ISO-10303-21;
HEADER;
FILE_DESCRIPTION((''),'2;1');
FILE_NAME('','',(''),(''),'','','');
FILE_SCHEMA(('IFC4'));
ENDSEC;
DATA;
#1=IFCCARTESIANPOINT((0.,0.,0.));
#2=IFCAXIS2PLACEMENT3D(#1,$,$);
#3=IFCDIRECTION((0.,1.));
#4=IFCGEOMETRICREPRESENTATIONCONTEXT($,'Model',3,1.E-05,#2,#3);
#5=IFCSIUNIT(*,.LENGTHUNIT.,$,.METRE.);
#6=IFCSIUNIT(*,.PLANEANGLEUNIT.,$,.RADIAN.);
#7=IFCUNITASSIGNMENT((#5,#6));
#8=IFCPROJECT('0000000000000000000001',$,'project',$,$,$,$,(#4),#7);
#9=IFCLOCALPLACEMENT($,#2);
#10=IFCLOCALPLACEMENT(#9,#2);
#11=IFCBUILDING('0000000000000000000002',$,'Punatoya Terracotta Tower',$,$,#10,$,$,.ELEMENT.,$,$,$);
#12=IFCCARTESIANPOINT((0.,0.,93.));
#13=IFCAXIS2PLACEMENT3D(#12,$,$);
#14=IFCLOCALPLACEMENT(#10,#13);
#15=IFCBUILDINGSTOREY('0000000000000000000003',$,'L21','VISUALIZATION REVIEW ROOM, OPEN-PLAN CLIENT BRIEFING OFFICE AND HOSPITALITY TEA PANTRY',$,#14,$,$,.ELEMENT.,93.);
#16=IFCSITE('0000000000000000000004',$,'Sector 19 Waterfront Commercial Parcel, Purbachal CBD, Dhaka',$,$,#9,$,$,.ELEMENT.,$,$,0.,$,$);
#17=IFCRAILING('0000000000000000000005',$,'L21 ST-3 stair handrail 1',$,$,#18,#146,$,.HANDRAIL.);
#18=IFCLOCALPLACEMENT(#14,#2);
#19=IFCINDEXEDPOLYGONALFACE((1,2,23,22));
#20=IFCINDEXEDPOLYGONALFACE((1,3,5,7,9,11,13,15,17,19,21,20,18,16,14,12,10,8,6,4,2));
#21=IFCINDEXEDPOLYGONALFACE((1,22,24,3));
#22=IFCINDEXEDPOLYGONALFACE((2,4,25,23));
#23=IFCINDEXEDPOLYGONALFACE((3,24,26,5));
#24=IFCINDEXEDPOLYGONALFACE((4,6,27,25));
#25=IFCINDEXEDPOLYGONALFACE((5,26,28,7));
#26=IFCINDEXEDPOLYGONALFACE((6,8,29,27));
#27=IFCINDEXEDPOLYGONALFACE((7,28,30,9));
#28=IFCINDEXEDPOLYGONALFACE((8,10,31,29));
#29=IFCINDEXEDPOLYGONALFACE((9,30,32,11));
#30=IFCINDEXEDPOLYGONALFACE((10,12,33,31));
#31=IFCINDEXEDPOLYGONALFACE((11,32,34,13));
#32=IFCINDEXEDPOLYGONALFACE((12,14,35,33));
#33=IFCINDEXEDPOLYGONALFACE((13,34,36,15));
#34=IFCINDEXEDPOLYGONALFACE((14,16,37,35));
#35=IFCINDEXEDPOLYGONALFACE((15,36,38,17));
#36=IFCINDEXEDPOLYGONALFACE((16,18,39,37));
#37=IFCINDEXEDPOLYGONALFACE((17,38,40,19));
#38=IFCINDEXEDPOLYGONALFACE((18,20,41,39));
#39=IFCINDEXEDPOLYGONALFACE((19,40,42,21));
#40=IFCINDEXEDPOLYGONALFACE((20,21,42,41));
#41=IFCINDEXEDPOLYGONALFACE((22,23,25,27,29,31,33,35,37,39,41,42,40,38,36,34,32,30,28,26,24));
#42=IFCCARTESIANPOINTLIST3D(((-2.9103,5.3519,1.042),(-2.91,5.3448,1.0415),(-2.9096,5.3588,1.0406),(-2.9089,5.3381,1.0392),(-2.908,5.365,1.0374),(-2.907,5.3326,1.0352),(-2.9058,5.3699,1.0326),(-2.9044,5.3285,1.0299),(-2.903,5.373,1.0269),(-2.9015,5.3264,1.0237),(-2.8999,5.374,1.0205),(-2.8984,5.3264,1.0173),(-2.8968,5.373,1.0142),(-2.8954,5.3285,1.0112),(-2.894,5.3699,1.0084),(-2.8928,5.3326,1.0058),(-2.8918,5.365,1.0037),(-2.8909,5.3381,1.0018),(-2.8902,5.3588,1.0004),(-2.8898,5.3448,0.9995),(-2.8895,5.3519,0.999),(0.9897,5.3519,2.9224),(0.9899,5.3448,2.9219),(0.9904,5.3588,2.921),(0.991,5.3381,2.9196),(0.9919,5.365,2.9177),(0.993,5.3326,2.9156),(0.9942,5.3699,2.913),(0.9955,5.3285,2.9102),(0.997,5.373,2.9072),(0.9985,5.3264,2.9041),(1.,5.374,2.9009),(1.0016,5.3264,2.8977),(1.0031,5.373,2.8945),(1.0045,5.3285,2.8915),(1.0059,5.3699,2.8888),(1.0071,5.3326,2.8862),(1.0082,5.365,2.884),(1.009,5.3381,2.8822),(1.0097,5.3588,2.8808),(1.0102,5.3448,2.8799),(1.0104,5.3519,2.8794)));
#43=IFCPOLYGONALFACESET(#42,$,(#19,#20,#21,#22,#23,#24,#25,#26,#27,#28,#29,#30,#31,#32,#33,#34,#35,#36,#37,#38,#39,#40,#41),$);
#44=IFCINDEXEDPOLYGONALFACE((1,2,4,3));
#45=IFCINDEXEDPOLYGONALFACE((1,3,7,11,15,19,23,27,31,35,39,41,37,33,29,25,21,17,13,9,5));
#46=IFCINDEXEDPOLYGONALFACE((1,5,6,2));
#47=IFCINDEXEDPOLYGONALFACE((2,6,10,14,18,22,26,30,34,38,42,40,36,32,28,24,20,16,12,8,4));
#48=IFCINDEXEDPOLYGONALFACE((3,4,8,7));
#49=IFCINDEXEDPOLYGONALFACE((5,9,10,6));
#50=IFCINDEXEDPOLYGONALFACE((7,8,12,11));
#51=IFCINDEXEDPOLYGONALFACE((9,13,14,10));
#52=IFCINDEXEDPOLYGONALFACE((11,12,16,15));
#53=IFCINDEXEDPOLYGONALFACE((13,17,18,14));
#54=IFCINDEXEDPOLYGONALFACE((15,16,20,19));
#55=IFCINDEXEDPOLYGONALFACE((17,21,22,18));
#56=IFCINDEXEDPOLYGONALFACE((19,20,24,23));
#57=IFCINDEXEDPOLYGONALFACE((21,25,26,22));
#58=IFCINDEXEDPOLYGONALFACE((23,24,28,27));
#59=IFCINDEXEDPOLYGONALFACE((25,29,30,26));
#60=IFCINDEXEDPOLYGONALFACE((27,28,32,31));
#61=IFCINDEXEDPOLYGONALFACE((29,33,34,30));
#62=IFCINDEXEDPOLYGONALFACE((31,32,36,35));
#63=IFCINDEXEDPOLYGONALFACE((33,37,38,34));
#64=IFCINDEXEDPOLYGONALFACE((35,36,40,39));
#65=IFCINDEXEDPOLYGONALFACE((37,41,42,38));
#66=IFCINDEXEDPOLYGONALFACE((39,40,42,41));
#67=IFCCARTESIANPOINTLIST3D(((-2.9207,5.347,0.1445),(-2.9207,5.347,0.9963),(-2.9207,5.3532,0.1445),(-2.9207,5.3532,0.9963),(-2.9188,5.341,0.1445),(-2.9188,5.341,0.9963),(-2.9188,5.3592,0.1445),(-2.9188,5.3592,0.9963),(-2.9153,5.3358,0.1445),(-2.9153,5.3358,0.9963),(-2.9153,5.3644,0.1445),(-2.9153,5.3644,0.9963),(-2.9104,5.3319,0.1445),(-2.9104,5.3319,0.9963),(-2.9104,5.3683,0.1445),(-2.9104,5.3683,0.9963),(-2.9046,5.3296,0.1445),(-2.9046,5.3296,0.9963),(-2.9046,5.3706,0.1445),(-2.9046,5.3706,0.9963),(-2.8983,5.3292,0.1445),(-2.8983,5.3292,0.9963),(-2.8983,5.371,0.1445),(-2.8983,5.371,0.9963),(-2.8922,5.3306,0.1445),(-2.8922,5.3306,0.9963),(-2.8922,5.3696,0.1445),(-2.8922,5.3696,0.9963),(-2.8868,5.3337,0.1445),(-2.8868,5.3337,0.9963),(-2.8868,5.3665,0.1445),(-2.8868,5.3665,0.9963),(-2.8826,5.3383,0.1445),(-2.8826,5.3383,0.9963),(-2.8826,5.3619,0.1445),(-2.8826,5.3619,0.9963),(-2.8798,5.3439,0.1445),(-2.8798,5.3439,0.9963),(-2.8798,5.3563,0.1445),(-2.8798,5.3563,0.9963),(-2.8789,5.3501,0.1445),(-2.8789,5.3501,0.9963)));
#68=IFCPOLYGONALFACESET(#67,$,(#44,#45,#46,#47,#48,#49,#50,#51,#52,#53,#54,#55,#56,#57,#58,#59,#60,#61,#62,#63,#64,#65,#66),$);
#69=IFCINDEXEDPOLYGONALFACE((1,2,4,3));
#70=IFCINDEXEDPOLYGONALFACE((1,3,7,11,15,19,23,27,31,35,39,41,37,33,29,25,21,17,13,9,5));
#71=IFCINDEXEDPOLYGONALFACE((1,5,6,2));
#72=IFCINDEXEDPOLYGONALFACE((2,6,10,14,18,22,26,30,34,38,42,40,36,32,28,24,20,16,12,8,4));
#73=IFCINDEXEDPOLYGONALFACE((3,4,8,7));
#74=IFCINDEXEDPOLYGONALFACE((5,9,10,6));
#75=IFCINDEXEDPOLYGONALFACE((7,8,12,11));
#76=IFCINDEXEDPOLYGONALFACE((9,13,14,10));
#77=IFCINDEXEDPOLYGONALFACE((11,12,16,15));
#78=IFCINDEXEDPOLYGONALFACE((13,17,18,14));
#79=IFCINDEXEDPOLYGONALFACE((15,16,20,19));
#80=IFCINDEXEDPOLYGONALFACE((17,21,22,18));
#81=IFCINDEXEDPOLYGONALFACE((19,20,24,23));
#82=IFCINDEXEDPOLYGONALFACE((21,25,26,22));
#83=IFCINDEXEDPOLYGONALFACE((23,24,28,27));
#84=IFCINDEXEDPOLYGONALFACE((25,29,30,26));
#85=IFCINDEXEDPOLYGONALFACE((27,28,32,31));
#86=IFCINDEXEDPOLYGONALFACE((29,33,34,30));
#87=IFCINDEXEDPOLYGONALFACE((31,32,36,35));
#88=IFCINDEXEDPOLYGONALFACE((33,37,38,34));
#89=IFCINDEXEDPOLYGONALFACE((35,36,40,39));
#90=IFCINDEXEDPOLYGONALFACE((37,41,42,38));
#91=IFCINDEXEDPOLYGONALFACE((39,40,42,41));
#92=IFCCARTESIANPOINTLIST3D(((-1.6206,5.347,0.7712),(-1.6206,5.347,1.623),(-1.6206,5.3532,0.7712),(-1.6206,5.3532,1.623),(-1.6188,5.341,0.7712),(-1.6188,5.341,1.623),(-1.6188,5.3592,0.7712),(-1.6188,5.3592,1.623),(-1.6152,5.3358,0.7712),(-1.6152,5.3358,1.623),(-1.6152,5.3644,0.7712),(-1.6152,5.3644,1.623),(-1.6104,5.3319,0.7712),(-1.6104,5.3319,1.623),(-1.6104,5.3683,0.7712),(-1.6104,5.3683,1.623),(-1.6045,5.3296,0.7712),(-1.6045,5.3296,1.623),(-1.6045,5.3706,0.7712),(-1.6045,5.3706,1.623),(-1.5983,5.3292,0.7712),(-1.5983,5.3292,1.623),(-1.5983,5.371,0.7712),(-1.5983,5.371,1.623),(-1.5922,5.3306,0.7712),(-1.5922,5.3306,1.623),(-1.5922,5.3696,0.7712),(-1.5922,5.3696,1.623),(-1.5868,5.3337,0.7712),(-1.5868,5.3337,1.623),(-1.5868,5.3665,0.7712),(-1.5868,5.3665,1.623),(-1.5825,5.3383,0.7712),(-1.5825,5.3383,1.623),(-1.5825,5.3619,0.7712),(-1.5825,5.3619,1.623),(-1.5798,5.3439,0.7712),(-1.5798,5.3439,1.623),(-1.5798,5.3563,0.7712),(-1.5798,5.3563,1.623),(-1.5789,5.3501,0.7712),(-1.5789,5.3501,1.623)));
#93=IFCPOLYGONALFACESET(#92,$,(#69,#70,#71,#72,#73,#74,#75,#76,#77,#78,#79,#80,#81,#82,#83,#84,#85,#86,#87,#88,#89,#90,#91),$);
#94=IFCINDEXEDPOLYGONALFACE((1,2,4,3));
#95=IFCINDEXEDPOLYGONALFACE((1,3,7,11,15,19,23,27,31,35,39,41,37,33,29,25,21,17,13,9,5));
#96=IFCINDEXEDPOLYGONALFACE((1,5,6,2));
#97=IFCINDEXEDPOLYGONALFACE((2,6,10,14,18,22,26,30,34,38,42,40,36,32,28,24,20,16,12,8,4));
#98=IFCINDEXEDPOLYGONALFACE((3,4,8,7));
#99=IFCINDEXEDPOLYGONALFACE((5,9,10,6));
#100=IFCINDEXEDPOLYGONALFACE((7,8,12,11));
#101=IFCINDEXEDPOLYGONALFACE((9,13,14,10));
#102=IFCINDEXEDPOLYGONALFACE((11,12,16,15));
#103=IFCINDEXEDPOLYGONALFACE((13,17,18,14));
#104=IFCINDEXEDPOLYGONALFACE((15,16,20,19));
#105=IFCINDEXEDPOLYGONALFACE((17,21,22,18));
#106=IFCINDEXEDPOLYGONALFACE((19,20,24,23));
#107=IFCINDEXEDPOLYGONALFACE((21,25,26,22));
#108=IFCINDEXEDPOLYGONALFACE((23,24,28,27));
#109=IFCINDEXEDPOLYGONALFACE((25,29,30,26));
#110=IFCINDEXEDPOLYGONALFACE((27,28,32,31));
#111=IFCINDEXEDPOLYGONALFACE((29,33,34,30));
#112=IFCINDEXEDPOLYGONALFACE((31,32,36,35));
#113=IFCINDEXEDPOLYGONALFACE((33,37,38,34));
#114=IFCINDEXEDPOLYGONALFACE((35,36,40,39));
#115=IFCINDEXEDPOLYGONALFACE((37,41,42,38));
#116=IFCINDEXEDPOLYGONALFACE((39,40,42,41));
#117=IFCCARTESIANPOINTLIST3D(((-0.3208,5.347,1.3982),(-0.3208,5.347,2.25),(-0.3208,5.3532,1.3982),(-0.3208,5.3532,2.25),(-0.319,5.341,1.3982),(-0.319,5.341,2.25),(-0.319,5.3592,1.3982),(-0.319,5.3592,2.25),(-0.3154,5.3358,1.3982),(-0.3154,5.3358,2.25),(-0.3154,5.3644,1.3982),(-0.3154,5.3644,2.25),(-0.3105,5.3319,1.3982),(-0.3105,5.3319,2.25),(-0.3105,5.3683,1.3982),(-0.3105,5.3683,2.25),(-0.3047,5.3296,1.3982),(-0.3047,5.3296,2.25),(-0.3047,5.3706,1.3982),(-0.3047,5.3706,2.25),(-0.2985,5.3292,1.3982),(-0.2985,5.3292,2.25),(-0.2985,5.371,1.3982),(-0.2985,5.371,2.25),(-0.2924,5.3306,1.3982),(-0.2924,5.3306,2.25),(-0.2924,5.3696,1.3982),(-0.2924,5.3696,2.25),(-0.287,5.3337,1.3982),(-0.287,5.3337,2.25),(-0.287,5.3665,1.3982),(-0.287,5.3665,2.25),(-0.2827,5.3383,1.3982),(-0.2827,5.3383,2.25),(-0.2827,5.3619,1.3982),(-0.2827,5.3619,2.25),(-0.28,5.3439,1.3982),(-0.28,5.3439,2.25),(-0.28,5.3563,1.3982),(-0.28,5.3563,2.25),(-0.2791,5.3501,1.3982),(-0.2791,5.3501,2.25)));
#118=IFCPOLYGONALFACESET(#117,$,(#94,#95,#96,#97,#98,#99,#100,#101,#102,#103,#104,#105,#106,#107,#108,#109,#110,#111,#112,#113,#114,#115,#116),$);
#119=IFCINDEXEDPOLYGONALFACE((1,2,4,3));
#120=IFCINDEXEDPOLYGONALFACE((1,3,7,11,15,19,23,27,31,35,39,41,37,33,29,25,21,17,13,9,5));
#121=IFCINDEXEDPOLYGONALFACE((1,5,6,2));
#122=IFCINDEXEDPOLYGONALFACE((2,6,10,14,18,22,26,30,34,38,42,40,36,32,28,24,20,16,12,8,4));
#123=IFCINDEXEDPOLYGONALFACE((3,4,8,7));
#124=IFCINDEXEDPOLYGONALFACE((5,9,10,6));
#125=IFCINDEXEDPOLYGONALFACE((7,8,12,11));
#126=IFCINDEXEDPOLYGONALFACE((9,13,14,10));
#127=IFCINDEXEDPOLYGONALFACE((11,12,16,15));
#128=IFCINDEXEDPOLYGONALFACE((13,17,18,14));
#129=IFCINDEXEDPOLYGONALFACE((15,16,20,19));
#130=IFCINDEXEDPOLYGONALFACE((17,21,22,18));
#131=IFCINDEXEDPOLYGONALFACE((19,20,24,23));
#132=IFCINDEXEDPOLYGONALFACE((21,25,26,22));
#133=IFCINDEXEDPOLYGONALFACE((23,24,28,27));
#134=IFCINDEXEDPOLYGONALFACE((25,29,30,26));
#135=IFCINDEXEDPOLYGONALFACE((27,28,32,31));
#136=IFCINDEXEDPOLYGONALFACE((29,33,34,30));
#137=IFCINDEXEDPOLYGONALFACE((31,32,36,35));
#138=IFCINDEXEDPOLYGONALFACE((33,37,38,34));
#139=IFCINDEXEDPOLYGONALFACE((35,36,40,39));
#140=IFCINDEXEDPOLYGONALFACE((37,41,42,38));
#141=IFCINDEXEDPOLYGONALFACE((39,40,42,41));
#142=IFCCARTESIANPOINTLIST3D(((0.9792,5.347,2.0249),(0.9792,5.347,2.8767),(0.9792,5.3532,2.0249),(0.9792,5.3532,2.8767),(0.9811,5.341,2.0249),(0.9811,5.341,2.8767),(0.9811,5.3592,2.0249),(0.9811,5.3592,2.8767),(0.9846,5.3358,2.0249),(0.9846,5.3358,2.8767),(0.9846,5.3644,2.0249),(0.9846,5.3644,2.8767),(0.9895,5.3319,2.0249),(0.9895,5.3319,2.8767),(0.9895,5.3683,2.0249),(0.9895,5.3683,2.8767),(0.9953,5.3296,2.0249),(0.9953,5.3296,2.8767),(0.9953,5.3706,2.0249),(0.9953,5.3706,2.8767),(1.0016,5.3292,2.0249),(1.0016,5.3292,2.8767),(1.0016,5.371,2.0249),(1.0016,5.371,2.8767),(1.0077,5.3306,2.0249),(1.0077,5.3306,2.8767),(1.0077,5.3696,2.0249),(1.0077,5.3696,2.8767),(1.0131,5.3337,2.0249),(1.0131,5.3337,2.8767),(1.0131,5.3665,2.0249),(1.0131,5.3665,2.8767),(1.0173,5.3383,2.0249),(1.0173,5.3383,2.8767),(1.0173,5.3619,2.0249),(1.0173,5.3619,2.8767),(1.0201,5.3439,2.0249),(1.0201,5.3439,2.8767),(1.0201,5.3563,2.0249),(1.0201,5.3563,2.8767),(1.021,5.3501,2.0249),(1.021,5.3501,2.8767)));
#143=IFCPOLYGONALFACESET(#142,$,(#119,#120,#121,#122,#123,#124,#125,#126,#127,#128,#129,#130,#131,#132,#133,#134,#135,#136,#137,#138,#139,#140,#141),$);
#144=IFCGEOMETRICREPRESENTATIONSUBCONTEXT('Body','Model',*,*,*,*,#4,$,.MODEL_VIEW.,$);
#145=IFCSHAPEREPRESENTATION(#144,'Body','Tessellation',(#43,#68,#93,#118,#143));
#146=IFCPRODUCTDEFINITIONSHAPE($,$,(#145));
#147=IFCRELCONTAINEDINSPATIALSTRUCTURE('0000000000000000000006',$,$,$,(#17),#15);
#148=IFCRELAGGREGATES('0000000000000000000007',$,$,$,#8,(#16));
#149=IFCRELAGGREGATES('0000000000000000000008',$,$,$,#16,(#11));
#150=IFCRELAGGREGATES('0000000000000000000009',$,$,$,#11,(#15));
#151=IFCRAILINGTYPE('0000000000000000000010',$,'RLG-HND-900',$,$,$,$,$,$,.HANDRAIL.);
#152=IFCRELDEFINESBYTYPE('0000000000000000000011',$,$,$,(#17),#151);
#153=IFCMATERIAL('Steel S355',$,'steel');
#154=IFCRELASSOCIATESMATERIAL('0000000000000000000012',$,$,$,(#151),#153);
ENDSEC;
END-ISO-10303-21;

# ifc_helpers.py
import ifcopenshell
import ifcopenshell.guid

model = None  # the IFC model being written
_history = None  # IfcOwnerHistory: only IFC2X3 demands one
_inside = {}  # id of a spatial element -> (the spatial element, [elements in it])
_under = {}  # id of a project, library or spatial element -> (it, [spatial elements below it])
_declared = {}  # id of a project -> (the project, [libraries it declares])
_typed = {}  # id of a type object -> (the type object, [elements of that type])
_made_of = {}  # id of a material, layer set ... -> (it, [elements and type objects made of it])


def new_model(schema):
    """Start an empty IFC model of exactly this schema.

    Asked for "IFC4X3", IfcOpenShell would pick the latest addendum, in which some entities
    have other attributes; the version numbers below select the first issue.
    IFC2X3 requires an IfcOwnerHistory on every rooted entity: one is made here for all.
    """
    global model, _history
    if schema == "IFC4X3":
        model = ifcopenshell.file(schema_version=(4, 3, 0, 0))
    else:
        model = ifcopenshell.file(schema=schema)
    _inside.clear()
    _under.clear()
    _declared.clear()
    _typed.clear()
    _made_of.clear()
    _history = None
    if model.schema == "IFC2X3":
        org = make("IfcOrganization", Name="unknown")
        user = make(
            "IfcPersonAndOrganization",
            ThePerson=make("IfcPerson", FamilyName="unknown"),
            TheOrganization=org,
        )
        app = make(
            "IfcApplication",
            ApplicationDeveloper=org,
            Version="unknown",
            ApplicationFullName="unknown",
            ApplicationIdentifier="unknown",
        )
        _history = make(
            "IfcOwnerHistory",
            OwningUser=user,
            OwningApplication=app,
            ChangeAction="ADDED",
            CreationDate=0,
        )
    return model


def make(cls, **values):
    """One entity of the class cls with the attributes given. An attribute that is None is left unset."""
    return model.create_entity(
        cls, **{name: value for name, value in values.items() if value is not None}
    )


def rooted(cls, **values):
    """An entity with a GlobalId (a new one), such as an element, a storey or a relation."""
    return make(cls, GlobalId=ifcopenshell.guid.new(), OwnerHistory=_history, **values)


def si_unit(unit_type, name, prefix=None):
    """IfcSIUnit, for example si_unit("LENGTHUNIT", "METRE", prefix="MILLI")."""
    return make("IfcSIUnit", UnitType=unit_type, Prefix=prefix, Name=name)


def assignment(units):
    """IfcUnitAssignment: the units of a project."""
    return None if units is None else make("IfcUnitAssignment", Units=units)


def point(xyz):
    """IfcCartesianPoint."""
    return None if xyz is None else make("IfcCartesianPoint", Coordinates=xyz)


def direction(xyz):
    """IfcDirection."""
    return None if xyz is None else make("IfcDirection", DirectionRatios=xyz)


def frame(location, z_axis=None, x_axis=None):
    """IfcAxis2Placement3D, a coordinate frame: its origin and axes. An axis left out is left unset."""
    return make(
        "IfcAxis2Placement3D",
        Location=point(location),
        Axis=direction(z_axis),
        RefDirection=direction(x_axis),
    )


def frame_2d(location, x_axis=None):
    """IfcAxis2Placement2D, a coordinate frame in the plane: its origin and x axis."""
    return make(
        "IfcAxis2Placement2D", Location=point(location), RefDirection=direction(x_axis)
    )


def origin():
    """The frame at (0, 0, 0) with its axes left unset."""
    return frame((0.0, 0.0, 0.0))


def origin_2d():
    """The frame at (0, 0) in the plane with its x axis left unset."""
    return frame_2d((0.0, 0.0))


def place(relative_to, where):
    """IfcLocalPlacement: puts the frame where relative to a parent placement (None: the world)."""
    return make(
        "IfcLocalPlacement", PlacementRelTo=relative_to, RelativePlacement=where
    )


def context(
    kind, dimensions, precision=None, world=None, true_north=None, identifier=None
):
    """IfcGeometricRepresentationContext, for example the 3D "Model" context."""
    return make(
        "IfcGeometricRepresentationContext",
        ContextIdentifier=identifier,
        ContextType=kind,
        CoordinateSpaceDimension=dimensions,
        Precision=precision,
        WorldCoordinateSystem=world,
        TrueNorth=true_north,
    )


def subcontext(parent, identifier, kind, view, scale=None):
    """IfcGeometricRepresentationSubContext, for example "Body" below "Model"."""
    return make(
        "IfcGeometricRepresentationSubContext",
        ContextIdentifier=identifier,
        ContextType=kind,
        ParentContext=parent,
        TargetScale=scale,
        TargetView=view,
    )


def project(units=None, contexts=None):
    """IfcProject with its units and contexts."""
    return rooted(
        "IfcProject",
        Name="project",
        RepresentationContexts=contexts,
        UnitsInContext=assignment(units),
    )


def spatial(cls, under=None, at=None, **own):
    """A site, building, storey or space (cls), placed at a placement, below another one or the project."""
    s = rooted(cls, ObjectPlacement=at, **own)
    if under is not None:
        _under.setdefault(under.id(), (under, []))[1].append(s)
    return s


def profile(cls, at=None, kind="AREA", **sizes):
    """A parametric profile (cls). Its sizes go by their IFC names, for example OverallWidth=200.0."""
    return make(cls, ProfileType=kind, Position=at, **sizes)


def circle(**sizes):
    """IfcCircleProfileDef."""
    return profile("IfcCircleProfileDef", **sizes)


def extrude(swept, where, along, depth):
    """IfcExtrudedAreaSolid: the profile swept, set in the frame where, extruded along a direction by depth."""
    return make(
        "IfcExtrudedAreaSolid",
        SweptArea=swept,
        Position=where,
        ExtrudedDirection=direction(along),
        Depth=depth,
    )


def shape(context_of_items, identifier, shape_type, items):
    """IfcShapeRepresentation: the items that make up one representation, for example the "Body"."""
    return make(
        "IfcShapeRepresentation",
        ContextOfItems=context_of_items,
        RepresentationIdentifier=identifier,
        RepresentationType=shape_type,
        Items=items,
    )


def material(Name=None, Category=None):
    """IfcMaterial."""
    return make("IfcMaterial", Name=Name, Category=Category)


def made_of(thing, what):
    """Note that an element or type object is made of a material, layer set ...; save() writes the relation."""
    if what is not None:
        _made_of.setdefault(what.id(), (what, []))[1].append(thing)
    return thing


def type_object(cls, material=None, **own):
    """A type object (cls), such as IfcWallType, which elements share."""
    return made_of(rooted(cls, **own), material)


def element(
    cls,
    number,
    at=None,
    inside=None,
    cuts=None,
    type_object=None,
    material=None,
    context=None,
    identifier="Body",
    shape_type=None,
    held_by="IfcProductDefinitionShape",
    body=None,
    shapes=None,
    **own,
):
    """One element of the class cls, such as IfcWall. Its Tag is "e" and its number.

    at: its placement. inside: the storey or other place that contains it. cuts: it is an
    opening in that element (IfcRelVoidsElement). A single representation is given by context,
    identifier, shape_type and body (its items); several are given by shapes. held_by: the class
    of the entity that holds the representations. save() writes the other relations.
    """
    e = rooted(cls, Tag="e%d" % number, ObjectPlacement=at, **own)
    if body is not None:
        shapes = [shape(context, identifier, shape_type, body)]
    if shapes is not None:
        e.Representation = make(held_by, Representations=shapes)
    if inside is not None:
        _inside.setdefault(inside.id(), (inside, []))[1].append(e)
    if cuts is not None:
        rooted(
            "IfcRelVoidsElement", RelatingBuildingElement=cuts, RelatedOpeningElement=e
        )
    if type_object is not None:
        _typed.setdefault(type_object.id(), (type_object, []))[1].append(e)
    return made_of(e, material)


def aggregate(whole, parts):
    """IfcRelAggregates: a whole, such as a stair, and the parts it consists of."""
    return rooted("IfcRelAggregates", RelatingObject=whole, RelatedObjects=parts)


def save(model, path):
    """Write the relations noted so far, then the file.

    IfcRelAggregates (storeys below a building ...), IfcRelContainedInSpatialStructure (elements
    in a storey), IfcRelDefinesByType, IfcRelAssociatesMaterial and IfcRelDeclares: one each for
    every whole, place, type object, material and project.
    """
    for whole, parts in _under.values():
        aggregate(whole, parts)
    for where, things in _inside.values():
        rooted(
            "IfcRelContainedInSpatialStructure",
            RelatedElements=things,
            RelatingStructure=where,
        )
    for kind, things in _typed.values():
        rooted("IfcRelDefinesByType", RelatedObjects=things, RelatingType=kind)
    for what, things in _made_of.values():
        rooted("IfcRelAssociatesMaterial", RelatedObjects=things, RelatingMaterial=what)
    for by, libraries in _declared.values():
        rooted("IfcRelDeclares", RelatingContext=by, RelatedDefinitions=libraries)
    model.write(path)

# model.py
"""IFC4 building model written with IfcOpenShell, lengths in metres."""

from ifc_helpers import new_model, si_unit, direction, frame, origin, origin_2d, place, context, subcontext, project, spatial, circle, extrude, material, type_object, element, save


model = new_model("IFC4")

# Units and contexts
model_context = context("Model", 3, precision=1e-05, world=origin(), true_north=direction((0.0, 1.0)))
body_context = subcontext(model_context, "Body", "Model", "MODEL_VIEW")
ifc_project = project(units=[si_unit("LENGTHUNIT", "METRE"), si_unit("PLANEANGLEUNIT", "RADIAN")], contexts=[model_context])

# Site, building, storey
site_placement = place(None, origin())
site = spatial("IfcSite", under=ifc_project, at=site_placement, Name="Sector 19 Waterfront Commercial Parcel, Purbachal CBD, Dhaka", CompositionType="ELEMENT", RefElevation=0.0)
building_placement = place(site_placement, origin())
building = spatial("IfcBuilding", under=site, at=building_placement, Name="Punatoya Terracotta Tower", CompositionType="ELEMENT")
storey_placement = place(building_placement, frame((0.0, 0.0, 93.0)))
storey = spatial("IfcBuildingStorey", under=building, at=storey_placement, Name="L21", Description="VISUALIZATION REVIEW ROOM, OPEN-PLAN CLIENT BRIEFING OFFICE AND HOSPITALITY TEA PANTRY", CompositionType="ELEMENT", Elevation=93.0)

# Railing
ifc_material_1 = material(Name="Steel S355", Category="steel")
railing_type_1 = type_object("IfcRailingType", Name="RLG-HND-900", PredefinedType="HANDRAIL", material=ifc_material_1)
railing_1_placement = place(storey_placement, frame((-2.8999, 5.3501, 0.1445)))
element("IfcRailing", 1, at=railing_1_placement, inside=storey, type_object=railing_type_1, Name="L21 ST-3 stair handrail 1", PredefinedType="HANDRAIL", context=body_context, shape_type="SweptSolid", body=[
    extrude(circle(Radius=0.0239, at=origin_2d()), frame((0.0, 0.0, 0.876), z_axis=(0.900763, 0.0, 0.434311), x_axis=(0.0, 1.0, 0.0)), (0.0, 0.0, 1.0), 4.3296),
    extrude(circle(Radius=0.021, at=origin_2d()), origin(), (0.0, 0.0, 1.0), 0.8518),
    extrude(circle(Radius=0.021, at=origin_2d()), frame((1.3, 0.0, 0.6267)), (0.0, 0.0, 1.0), 0.8518),
    extrude(circle(Radius=0.021, at=origin_2d()), frame((2.5999, 0.0, 1.2537)), (0.0, 0.0, 1.0), 0.8518),
    extrude(circle(Radius=0.021, at=origin_2d()), frame((3.8999, 0.0, 1.8804)), (0.0, 0.0, 1.0), 0.8518),
])

save(model, "model.ifc")
